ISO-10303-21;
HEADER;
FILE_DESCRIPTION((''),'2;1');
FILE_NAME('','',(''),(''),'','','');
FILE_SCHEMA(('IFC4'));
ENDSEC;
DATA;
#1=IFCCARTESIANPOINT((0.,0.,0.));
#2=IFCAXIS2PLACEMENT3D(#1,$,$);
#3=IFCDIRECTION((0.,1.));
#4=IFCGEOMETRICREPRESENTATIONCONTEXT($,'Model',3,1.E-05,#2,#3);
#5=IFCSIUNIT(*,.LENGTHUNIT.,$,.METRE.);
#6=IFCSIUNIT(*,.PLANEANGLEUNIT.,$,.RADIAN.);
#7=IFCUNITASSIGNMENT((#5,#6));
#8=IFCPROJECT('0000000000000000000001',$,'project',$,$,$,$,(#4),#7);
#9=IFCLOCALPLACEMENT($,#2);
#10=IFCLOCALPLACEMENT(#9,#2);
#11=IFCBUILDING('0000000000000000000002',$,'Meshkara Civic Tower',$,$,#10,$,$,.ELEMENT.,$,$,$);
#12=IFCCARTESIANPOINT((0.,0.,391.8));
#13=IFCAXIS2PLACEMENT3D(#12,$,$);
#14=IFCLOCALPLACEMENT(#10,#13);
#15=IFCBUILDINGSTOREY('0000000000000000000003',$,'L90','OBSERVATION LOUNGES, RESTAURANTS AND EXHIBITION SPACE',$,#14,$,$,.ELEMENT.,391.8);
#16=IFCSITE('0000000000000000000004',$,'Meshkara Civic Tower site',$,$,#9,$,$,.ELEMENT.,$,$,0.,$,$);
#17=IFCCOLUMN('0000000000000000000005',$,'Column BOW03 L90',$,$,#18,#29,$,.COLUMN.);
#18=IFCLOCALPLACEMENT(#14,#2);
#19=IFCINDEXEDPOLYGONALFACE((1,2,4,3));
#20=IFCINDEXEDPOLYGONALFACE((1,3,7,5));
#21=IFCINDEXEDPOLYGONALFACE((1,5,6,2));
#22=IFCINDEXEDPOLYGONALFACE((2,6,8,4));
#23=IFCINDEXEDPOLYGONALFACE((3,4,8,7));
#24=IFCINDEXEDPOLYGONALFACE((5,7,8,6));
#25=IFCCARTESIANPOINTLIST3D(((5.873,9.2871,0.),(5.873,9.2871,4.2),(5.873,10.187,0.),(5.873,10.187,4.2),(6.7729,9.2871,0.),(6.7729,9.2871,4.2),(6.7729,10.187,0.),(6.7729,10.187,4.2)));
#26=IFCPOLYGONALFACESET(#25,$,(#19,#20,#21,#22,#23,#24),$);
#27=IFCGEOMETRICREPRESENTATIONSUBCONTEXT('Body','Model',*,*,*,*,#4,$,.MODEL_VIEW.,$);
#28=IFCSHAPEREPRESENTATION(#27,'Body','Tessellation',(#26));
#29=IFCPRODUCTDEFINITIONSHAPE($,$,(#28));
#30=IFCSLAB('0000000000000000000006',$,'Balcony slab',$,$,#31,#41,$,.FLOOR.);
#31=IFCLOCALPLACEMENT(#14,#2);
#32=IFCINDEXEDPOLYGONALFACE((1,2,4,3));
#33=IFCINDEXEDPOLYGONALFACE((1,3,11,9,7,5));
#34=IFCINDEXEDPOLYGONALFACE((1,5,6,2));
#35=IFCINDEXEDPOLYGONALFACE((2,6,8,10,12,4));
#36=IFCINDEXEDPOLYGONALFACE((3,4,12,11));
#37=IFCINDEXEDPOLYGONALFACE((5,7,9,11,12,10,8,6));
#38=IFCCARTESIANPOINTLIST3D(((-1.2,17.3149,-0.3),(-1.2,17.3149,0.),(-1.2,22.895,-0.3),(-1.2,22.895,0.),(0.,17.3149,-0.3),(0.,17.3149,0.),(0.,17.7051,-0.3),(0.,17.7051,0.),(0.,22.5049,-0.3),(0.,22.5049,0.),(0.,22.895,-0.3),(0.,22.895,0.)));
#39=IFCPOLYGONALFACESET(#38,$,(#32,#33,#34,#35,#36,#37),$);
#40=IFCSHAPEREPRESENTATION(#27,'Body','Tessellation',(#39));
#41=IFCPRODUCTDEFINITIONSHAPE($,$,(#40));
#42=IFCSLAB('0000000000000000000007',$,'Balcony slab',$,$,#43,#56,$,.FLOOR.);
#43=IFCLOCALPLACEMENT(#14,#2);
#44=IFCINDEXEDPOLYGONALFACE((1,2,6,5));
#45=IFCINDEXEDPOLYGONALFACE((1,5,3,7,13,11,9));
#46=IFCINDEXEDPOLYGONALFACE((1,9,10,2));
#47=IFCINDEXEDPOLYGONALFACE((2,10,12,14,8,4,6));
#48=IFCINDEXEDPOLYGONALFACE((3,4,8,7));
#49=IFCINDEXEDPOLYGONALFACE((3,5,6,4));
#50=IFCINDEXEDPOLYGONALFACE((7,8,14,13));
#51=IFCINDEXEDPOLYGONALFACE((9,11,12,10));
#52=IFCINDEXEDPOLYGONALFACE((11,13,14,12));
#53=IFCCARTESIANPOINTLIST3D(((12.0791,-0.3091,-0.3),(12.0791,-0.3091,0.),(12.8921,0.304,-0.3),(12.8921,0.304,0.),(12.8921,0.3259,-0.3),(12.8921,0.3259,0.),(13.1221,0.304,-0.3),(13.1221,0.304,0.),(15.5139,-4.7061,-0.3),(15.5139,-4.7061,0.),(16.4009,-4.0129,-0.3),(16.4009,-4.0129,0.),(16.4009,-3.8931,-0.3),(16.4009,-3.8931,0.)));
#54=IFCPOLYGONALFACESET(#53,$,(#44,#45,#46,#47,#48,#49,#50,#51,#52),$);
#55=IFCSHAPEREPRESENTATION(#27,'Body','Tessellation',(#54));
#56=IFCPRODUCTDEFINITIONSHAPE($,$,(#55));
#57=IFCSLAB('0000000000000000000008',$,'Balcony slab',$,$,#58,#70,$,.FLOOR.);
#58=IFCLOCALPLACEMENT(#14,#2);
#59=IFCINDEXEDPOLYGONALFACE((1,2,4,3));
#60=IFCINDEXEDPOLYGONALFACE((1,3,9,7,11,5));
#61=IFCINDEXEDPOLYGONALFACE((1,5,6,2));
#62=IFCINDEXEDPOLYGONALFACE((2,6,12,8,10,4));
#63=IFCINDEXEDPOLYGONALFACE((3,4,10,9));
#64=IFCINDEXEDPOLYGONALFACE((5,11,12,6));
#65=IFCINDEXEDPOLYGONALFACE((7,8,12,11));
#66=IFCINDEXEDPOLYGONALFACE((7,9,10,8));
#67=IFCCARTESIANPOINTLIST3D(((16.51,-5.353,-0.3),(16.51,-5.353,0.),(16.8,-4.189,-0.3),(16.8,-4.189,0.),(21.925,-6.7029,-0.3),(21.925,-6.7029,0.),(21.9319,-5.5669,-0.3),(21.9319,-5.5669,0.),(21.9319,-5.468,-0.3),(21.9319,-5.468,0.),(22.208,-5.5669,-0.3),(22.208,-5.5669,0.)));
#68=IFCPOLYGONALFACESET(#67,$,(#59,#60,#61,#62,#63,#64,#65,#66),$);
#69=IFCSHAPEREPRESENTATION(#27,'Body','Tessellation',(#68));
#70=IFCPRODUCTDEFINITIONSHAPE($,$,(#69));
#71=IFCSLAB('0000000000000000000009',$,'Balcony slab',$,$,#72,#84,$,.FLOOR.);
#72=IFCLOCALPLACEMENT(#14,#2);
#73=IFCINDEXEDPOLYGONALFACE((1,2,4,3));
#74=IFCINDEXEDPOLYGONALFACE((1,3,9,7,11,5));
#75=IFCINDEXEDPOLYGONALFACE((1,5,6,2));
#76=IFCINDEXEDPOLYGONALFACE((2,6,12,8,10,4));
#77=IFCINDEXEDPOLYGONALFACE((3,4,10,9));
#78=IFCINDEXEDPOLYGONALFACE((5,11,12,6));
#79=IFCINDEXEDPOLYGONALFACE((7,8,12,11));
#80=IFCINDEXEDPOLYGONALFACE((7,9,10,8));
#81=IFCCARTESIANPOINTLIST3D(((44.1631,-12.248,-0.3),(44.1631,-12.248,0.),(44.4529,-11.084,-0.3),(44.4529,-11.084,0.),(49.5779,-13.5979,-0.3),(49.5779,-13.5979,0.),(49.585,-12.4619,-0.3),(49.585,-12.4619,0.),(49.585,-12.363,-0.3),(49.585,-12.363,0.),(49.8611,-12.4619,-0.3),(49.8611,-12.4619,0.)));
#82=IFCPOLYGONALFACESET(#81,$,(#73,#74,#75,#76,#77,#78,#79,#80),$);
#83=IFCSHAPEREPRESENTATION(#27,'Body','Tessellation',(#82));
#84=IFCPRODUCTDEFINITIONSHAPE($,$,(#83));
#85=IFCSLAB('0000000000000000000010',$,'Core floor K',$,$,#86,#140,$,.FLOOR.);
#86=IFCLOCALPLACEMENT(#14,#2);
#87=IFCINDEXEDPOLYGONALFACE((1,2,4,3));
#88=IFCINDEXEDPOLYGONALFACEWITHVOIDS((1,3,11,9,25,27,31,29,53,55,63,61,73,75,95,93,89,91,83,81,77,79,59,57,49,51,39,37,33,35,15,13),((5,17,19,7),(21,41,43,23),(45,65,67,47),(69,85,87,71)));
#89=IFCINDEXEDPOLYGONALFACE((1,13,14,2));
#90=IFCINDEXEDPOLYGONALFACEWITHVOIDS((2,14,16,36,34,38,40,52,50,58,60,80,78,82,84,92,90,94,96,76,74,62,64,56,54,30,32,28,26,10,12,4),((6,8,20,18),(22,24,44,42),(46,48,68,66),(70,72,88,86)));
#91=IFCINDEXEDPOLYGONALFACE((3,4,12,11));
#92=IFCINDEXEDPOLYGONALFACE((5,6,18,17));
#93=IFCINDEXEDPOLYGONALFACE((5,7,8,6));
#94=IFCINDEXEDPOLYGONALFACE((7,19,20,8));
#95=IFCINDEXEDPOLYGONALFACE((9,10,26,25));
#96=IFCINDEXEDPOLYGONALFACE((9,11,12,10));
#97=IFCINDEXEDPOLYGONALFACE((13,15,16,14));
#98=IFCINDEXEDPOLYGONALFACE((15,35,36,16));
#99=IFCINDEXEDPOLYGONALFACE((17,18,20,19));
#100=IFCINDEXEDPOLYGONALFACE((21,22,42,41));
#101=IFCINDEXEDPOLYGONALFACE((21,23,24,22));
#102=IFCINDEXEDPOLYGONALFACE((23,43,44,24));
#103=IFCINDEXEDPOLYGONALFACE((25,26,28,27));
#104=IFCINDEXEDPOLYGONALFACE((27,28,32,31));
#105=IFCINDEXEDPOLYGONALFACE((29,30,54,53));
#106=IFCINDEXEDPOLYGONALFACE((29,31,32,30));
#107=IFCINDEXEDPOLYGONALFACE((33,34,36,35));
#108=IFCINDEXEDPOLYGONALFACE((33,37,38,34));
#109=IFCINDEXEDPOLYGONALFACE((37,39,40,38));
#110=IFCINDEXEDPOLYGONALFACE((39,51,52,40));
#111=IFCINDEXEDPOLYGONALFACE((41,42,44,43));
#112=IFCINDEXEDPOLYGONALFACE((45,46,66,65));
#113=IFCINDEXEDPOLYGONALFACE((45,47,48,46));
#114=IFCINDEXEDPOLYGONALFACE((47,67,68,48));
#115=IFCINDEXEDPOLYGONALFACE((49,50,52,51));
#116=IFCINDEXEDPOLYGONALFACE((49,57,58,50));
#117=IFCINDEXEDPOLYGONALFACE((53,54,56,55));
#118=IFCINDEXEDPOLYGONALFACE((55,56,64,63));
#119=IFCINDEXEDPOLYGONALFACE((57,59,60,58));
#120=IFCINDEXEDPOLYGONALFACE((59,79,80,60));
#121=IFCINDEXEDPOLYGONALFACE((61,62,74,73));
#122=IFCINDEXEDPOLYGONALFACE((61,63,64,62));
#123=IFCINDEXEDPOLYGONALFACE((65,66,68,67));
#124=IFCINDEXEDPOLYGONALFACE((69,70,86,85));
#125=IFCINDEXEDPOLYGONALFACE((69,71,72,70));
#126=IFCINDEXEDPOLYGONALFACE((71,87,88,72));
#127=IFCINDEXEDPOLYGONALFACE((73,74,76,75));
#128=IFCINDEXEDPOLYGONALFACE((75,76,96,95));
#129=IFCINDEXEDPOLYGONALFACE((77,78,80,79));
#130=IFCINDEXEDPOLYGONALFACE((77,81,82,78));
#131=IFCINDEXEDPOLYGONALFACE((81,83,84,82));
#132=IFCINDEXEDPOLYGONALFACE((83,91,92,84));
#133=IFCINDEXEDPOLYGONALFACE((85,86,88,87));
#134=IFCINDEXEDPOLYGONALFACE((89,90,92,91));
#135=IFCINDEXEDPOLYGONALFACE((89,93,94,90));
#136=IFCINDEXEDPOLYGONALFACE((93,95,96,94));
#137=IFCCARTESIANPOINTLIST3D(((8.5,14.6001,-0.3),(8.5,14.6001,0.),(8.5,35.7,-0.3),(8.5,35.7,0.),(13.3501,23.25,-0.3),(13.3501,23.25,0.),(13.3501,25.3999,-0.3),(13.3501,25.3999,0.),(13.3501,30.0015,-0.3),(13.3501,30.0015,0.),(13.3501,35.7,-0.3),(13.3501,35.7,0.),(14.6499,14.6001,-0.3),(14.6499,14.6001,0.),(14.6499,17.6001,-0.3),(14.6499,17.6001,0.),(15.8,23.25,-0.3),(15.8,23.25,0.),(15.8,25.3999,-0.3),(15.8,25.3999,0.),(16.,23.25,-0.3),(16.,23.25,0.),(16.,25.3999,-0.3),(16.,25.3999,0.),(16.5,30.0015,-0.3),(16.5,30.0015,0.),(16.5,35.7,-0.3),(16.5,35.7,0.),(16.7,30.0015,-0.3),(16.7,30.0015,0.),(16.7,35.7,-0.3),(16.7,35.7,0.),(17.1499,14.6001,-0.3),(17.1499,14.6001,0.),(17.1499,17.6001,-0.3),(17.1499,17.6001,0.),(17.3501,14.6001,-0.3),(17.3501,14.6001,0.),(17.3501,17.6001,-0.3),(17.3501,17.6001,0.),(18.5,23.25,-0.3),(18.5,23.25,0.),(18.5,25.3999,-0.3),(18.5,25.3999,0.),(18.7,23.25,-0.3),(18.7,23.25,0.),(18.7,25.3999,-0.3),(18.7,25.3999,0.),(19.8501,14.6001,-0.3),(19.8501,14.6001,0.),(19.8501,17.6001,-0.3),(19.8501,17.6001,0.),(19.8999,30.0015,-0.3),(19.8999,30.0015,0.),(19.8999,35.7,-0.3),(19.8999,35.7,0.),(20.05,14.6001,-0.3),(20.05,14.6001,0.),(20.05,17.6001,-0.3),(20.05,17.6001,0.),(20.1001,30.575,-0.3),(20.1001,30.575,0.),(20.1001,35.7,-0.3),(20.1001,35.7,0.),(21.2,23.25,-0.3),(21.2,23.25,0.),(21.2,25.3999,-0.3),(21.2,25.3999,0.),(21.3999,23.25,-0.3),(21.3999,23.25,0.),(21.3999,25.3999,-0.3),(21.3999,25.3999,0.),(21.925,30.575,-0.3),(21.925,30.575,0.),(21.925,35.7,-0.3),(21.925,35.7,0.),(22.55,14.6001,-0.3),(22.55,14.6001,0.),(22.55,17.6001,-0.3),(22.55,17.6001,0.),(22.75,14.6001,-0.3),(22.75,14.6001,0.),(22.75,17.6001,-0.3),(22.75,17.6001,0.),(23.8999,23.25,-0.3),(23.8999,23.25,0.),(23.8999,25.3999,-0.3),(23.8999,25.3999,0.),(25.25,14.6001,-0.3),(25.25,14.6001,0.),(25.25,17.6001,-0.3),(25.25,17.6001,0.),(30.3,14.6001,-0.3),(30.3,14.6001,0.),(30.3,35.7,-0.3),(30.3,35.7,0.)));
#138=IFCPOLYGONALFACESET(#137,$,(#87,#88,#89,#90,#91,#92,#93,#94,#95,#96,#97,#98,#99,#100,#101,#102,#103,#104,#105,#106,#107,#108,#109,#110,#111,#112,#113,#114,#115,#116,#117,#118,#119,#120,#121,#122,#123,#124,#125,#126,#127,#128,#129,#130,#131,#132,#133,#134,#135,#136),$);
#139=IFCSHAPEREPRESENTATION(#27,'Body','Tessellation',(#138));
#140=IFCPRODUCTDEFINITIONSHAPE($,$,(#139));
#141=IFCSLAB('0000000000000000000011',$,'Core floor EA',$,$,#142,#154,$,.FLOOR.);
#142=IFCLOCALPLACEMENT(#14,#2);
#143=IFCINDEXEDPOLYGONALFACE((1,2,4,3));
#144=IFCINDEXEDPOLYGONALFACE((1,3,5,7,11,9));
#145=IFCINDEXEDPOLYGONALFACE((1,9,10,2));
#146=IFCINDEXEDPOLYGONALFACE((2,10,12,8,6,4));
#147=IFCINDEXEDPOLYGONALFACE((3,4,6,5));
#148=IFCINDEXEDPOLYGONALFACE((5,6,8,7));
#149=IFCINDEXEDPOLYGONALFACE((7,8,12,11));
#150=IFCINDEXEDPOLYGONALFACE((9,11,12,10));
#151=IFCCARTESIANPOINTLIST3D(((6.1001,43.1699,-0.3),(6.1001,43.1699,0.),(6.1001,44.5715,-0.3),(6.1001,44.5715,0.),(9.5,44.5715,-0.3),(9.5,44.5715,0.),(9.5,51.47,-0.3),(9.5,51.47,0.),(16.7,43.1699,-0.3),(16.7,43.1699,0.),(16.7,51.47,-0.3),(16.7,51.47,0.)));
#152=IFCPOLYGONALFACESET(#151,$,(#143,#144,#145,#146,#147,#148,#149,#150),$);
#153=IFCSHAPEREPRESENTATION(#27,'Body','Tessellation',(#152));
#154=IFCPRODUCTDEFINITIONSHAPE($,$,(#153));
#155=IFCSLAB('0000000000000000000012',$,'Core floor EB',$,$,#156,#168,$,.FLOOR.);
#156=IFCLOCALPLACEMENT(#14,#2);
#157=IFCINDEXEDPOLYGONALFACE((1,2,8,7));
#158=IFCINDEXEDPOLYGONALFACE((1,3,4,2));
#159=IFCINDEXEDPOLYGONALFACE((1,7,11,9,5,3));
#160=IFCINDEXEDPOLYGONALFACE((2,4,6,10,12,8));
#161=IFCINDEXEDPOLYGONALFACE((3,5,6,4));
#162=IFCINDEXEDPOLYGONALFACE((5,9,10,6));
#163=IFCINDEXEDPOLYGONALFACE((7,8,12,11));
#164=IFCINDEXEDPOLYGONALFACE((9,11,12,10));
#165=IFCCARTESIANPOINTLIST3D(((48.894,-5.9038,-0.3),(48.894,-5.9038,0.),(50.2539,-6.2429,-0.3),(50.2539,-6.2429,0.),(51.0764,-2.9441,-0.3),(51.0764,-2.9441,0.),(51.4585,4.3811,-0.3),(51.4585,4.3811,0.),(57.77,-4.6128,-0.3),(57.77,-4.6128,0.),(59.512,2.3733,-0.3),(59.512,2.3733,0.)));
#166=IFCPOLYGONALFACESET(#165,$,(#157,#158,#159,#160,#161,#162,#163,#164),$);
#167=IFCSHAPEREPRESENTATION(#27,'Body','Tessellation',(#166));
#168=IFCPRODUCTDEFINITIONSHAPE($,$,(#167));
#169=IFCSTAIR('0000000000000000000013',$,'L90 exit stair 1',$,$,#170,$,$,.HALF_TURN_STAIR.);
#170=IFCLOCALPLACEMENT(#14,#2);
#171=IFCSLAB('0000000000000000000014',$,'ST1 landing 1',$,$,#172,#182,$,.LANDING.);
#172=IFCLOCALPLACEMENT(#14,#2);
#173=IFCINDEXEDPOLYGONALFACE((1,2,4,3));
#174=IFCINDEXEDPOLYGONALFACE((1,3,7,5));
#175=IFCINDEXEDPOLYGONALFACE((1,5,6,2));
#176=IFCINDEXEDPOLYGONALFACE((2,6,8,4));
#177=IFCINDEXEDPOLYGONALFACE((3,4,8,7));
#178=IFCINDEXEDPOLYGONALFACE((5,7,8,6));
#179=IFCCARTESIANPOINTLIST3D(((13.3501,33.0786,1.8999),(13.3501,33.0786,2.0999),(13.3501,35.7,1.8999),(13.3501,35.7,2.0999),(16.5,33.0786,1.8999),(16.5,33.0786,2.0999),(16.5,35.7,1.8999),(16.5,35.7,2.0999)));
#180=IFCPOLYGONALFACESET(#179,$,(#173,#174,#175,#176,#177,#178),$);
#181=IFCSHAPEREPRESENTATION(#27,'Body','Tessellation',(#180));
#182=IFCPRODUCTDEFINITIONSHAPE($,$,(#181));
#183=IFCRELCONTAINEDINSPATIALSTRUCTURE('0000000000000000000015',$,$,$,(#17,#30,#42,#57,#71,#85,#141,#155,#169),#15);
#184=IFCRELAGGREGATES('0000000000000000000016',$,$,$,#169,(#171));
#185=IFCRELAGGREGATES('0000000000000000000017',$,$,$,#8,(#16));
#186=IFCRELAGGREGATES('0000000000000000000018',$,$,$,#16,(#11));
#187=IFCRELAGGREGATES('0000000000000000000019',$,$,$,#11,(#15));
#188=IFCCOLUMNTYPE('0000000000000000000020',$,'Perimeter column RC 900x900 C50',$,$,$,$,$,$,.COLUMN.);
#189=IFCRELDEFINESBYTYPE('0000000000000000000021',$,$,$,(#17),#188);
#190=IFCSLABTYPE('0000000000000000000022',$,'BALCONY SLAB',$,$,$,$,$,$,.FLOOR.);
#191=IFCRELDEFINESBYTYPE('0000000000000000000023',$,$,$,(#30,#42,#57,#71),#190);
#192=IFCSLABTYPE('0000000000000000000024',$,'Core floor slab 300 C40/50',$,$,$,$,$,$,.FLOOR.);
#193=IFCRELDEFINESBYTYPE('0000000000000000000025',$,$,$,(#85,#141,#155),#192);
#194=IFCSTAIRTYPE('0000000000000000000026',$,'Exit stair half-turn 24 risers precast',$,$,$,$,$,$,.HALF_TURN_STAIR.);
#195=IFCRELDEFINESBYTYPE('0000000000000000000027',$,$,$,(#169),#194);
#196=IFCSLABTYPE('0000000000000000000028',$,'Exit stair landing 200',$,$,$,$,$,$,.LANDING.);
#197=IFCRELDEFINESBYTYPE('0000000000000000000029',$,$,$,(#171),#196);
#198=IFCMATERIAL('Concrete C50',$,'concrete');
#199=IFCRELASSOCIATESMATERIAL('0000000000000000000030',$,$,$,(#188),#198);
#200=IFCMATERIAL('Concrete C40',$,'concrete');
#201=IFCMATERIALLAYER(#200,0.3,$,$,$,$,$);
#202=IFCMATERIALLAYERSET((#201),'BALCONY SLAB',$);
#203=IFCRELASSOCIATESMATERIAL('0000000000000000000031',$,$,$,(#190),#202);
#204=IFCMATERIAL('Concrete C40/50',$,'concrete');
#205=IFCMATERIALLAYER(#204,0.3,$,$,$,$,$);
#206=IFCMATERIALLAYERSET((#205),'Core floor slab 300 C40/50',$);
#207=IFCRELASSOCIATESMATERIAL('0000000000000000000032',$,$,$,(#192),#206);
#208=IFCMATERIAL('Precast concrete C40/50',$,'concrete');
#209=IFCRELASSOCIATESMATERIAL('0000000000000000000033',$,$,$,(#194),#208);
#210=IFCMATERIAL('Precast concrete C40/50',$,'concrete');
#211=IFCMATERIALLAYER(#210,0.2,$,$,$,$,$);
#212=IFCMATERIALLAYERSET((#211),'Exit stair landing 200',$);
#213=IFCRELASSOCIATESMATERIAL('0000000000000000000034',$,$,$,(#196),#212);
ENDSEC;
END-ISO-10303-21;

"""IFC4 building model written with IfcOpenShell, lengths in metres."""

from ifc_helpers import new_model, si_unit, direction, frame, origin, origin_2d, place, context, subcontext, project, spatial, polyline, rectangle, outline, extrude, material, layer, layer_set, material_profile, profile_set, type_object, element, aggregate, save


model = new_model("IFC4")

# Units and contexts
model_context = context("Model", 3, precision=1e-05, world=origin(), true_north=direction((0.0, 1.0)))
body_context = subcontext(model_context, "Body", "Model", "MODEL_VIEW")
ifc_project = project(units=[si_unit("LENGTHUNIT", "METRE"), si_unit("PLANEANGLEUNIT", "RADIAN")], contexts=[model_context])

# Site, building, storey
site_placement = place(None, origin())
site = spatial("IfcSite", under=ifc_project, at=site_placement, Name="Meshkara Civic Tower site", CompositionType="ELEMENT", RefElevation=0.0)
building_placement = place(site_placement, origin())
building = spatial("IfcBuilding", under=site, at=building_placement, Name="Meshkara Civic Tower", CompositionType="ELEMENT")
storey_placement = place(building_placement, frame((0.0, 0.0, 391.8)))
storey = spatial("IfcBuildingStorey", under=building, at=storey_placement, Name="L90", Description="OBSERVATION LOUNGES, RESTAURANTS AND EXHIBITION SPACE", CompositionType="ELEMENT", Elevation=391.8)

# Column
ifc_material_1 = material(Name="Concrete C50", Category="concrete")
ifc_material_profile = material_profile(ifc_material_1, rectangle(XDim=0.8999, YDim=0.8999, at=origin_2d()))
ifc_profile_set = profile_set([ifc_material_profile], Name="Concrete C50")
column_type = type_object("IfcColumnType", Name="Perimeter column RC 900x900 C50", PredefinedType="COLUMN", material=ifc_profile_set)
column_placement = place(storey_placement, frame((6.323, 9.7371, 0.0), z_axis=(0.0, 0.0, 1.0), x_axis=(1.0, 0.0, 0.0)))
element("IfcColumn", 1, at=column_placement, inside=storey, type_object=column_type, Name="Column BOW03 L90", PredefinedType="COLUMN", context=body_context, shape_type="SweptSolid", body=[
    extrude(rectangle(XDim=0.8999, YDim=0.8999, at=origin_2d()), origin(), (0.0, 0.0, 1.0), 4.2),
])

# Slabs
ifc_material_2 = material(Name="Concrete C40", Category="concrete")
ifc_layer_1 = layer(ifc_material_2, 0.3)
ifc_layer_set_1 = layer_set([ifc_layer_1], Name="BALCONY SLAB")
slab_type_1 = type_object("IfcSlabType", Name="BALCONY SLAB", PredefinedType="FLOOR", material=ifc_layer_set_1)
slab_1_placement = place(storey_placement, frame((0.0, 0.0, -0.3)))
element("IfcSlab", 2, at=slab_1_placement, inside=storey, type_object=slab_type_1, Name="Balcony slab", PredefinedType="FLOOR", context=body_context, shape_type="SweptSolid", body=[
    extrude(outline(polyline([(0.0, 17.7051), (0.0, 17.3149), (-1.2, 17.3149), (-1.2, 22.895), (0.0, 22.895), (0.0, 22.5049), (0.0, 17.7051)])), origin(), (0.0, 0.0, 1.0), 0.3),
])
slab_2_placement = place(storey_placement, frame((0.0, 0.0, -0.3)))
element("IfcSlab", 3, at=slab_2_placement, inside=storey, type_object=slab_type_1, Name="Balcony slab", PredefinedType="FLOOR", context=body_context, shape_type="SweptSolid", body=[
    extrude(outline(polyline([(15.5139, -4.7061), (12.0791, -0.3091), (12.8921, 0.3259), (12.8921, 0.304), (13.1221, 0.304), (16.4009, -3.8931), (16.4009, -4.0129), (15.5139, -4.7061)])), origin(), (0.0, 0.0, 1.0), 0.3),
])
slab_3_placement = place(storey_placement, frame((0.0, 0.0, -0.3)))
element("IfcSlab", 4, at=slab_3_placement, inside=storey, type_object=slab_type_1, Name="Balcony slab", PredefinedType="FLOOR", context=body_context, shape_type="SweptSolid", body=[
    extrude(outline(polyline([(21.925, -6.7029), (16.51, -5.353), (16.8, -4.189), (21.9319, -5.468), (21.9319, -5.5669), (22.208, -5.5669), (21.925, -6.7029)])), origin(), (0.0, 0.0, 1.0), 0.3),
])
slab_4_placement = place(storey_placement, frame((0.0, 0.0, -0.3)))
element("IfcSlab", 5, at=slab_4_placement, inside=storey, type_object=slab_type_1, Name="Balcony slab", PredefinedType="FLOOR", context=body_context, shape_type="SweptSolid", body=[
    extrude(outline(polyline([(49.5779, -13.5979), (44.1631, -12.248), (44.4529, -11.084), (49.585, -12.363), (49.585, -12.4619), (49.8611, -12.4619), (49.5779, -13.5979)])), origin(), (0.0, 0.0, 1.0), 0.3),
])
ifc_material_3 = material(Name="Concrete C40/50", Category="concrete")
ifc_layer_2 = layer(ifc_material_3, 0.3)
ifc_layer_set_2 = layer_set([ifc_layer_2], Name="Core floor slab 300 C40/50")
slab_type_2 = type_object("IfcSlabType", Name="Core floor slab 300 C40/50", PredefinedType="FLOOR", material=ifc_layer_set_2)
slab_5_placement = place(storey_placement, frame((0.0, 0.0, -0.3)))
element("IfcSlab", 6, at=slab_5_placement, inside=storey, type_object=slab_type_2, Name="Core floor K", PredefinedType="FLOOR", context=body_context, shape_type="SweptSolid", body=[
    extrude(outline(polyline([(8.5, 35.7), (13.3501, 35.7), (13.3501, 30.0015), (16.5, 30.0015), (16.5, 35.7), (16.7, 35.7), (16.7, 30.0015), (19.8999, 30.0015), (19.8999, 35.7), (20.1001, 35.7), (20.1001, 30.575), (21.925, 30.575), (21.925, 35.7), (30.3, 35.7), (30.3, 14.6001), (25.25, 14.6001), (25.25, 17.6001), (22.75, 17.6001), (22.75, 14.6001), (22.55, 14.6001), (22.55, 17.6001), (20.05, 17.6001), (20.05, 14.6001), (19.8501, 14.6001), (19.8501, 17.6001), (17.3501, 17.6001), (17.3501, 14.6001), (17.1499, 14.6001), (17.1499, 17.6001), (14.6499, 17.6001), (14.6499, 14.6001), (8.5, 14.6001), (8.5, 35.7)]), holes=[polyline([(13.3501, 23.25), (15.8, 23.25), (15.8, 25.3999), (13.3501, 25.3999), (13.3501, 23.25)]), polyline([(18.5, 23.25), (18.5, 25.3999), (16.0, 25.3999), (16.0, 23.25), (18.5, 23.25)]), polyline([(18.7, 23.25), (21.2, 23.25), (21.2, 25.3999), (18.7, 25.3999), (18.7, 23.25)]), polyline([(23.8999, 23.25), (23.8999, 25.3999), (21.3999, 25.3999), (21.3999, 23.25), (23.8999, 23.25)])]), origin(), (0.0, 0.0, 1.0), 0.3),
])
slab_6_placement = place(storey_placement, frame((0.0, 0.0, -0.3)))
element("IfcSlab", 7, at=slab_6_placement, inside=storey, type_object=slab_type_2, Name="Core floor EA", PredefinedType="FLOOR", context=body_context, shape_type="SweptSolid", body=[
    extrude(outline(polyline([(16.7, 43.1699), (16.7, 51.47), (9.5, 51.47), (9.5, 44.5715), (6.1001, 44.5715), (6.1001, 43.1699), (16.7, 43.1699)])), origin(), (0.0, 0.0, 1.0), 0.3),
])
slab_7_placement = place(storey_placement, frame((0.0, 0.0, -0.3)))
element("IfcSlab", 8, at=slab_7_placement, inside=storey, type_object=slab_type_2, Name="Core floor EB", PredefinedType="FLOOR", context=body_context, shape_type="SweptSolid", body=[
    extrude(outline(polyline([(51.4585, 4.3811), (59.512, 2.3733), (57.77, -4.6128), (51.0764, -2.9441), (50.2539, -6.2429), (48.894, -5.9038), (51.4585, 4.3811)])), origin(), (0.0, 0.0, 1.0), 0.3),
])

# Stair, slab
ifc_material_4 = material(Name="Precast concrete C40/50", Category="concrete")
stair_type = type_object("IfcStairType", Name="Exit stair half-turn 24 risers precast", PredefinedType="HALF_TURN_STAIR", material=ifc_material_4)
stair_1_placement = place(storey_placement, origin())
stair_1 = element("IfcStair", 9, at=stair_1_placement, inside=storey, type_object=stair_type, Name="L90 exit stair 1", PredefinedType="HALF_TURN_STAIR")
ifc_material_5 = material(Name="Precast concrete C40/50", Category="concrete")
ifc_layer_3 = layer(ifc_material_5, 0.2)
ifc_layer_set_3 = layer_set([ifc_layer_3], Name="Exit stair landing 200")
slab_type_3 = type_object("IfcSlabType", Name="Exit stair landing 200", PredefinedType="LANDING", material=ifc_layer_set_3)
slab_8_placement = place(storey_placement, frame((0.0, 0.0, 1.8999)))
slab_8 = element("IfcSlab", 10, at=slab_8_placement, type_object=slab_type_3, Name="ST1 landing 1", PredefinedType="LANDING", context=body_context, shape_type="SweptSolid", body=[
    extrude(outline(polyline([(16.5, 33.0786), (16.5, 35.7), (13.3501, 35.7), (13.3501, 33.0786), (16.5, 33.0786)])), origin(), (0.0, 0.0, 1.0), 0.2),
])
aggregate(stair_1, [slab_8])

save(model, "model.ifc")
